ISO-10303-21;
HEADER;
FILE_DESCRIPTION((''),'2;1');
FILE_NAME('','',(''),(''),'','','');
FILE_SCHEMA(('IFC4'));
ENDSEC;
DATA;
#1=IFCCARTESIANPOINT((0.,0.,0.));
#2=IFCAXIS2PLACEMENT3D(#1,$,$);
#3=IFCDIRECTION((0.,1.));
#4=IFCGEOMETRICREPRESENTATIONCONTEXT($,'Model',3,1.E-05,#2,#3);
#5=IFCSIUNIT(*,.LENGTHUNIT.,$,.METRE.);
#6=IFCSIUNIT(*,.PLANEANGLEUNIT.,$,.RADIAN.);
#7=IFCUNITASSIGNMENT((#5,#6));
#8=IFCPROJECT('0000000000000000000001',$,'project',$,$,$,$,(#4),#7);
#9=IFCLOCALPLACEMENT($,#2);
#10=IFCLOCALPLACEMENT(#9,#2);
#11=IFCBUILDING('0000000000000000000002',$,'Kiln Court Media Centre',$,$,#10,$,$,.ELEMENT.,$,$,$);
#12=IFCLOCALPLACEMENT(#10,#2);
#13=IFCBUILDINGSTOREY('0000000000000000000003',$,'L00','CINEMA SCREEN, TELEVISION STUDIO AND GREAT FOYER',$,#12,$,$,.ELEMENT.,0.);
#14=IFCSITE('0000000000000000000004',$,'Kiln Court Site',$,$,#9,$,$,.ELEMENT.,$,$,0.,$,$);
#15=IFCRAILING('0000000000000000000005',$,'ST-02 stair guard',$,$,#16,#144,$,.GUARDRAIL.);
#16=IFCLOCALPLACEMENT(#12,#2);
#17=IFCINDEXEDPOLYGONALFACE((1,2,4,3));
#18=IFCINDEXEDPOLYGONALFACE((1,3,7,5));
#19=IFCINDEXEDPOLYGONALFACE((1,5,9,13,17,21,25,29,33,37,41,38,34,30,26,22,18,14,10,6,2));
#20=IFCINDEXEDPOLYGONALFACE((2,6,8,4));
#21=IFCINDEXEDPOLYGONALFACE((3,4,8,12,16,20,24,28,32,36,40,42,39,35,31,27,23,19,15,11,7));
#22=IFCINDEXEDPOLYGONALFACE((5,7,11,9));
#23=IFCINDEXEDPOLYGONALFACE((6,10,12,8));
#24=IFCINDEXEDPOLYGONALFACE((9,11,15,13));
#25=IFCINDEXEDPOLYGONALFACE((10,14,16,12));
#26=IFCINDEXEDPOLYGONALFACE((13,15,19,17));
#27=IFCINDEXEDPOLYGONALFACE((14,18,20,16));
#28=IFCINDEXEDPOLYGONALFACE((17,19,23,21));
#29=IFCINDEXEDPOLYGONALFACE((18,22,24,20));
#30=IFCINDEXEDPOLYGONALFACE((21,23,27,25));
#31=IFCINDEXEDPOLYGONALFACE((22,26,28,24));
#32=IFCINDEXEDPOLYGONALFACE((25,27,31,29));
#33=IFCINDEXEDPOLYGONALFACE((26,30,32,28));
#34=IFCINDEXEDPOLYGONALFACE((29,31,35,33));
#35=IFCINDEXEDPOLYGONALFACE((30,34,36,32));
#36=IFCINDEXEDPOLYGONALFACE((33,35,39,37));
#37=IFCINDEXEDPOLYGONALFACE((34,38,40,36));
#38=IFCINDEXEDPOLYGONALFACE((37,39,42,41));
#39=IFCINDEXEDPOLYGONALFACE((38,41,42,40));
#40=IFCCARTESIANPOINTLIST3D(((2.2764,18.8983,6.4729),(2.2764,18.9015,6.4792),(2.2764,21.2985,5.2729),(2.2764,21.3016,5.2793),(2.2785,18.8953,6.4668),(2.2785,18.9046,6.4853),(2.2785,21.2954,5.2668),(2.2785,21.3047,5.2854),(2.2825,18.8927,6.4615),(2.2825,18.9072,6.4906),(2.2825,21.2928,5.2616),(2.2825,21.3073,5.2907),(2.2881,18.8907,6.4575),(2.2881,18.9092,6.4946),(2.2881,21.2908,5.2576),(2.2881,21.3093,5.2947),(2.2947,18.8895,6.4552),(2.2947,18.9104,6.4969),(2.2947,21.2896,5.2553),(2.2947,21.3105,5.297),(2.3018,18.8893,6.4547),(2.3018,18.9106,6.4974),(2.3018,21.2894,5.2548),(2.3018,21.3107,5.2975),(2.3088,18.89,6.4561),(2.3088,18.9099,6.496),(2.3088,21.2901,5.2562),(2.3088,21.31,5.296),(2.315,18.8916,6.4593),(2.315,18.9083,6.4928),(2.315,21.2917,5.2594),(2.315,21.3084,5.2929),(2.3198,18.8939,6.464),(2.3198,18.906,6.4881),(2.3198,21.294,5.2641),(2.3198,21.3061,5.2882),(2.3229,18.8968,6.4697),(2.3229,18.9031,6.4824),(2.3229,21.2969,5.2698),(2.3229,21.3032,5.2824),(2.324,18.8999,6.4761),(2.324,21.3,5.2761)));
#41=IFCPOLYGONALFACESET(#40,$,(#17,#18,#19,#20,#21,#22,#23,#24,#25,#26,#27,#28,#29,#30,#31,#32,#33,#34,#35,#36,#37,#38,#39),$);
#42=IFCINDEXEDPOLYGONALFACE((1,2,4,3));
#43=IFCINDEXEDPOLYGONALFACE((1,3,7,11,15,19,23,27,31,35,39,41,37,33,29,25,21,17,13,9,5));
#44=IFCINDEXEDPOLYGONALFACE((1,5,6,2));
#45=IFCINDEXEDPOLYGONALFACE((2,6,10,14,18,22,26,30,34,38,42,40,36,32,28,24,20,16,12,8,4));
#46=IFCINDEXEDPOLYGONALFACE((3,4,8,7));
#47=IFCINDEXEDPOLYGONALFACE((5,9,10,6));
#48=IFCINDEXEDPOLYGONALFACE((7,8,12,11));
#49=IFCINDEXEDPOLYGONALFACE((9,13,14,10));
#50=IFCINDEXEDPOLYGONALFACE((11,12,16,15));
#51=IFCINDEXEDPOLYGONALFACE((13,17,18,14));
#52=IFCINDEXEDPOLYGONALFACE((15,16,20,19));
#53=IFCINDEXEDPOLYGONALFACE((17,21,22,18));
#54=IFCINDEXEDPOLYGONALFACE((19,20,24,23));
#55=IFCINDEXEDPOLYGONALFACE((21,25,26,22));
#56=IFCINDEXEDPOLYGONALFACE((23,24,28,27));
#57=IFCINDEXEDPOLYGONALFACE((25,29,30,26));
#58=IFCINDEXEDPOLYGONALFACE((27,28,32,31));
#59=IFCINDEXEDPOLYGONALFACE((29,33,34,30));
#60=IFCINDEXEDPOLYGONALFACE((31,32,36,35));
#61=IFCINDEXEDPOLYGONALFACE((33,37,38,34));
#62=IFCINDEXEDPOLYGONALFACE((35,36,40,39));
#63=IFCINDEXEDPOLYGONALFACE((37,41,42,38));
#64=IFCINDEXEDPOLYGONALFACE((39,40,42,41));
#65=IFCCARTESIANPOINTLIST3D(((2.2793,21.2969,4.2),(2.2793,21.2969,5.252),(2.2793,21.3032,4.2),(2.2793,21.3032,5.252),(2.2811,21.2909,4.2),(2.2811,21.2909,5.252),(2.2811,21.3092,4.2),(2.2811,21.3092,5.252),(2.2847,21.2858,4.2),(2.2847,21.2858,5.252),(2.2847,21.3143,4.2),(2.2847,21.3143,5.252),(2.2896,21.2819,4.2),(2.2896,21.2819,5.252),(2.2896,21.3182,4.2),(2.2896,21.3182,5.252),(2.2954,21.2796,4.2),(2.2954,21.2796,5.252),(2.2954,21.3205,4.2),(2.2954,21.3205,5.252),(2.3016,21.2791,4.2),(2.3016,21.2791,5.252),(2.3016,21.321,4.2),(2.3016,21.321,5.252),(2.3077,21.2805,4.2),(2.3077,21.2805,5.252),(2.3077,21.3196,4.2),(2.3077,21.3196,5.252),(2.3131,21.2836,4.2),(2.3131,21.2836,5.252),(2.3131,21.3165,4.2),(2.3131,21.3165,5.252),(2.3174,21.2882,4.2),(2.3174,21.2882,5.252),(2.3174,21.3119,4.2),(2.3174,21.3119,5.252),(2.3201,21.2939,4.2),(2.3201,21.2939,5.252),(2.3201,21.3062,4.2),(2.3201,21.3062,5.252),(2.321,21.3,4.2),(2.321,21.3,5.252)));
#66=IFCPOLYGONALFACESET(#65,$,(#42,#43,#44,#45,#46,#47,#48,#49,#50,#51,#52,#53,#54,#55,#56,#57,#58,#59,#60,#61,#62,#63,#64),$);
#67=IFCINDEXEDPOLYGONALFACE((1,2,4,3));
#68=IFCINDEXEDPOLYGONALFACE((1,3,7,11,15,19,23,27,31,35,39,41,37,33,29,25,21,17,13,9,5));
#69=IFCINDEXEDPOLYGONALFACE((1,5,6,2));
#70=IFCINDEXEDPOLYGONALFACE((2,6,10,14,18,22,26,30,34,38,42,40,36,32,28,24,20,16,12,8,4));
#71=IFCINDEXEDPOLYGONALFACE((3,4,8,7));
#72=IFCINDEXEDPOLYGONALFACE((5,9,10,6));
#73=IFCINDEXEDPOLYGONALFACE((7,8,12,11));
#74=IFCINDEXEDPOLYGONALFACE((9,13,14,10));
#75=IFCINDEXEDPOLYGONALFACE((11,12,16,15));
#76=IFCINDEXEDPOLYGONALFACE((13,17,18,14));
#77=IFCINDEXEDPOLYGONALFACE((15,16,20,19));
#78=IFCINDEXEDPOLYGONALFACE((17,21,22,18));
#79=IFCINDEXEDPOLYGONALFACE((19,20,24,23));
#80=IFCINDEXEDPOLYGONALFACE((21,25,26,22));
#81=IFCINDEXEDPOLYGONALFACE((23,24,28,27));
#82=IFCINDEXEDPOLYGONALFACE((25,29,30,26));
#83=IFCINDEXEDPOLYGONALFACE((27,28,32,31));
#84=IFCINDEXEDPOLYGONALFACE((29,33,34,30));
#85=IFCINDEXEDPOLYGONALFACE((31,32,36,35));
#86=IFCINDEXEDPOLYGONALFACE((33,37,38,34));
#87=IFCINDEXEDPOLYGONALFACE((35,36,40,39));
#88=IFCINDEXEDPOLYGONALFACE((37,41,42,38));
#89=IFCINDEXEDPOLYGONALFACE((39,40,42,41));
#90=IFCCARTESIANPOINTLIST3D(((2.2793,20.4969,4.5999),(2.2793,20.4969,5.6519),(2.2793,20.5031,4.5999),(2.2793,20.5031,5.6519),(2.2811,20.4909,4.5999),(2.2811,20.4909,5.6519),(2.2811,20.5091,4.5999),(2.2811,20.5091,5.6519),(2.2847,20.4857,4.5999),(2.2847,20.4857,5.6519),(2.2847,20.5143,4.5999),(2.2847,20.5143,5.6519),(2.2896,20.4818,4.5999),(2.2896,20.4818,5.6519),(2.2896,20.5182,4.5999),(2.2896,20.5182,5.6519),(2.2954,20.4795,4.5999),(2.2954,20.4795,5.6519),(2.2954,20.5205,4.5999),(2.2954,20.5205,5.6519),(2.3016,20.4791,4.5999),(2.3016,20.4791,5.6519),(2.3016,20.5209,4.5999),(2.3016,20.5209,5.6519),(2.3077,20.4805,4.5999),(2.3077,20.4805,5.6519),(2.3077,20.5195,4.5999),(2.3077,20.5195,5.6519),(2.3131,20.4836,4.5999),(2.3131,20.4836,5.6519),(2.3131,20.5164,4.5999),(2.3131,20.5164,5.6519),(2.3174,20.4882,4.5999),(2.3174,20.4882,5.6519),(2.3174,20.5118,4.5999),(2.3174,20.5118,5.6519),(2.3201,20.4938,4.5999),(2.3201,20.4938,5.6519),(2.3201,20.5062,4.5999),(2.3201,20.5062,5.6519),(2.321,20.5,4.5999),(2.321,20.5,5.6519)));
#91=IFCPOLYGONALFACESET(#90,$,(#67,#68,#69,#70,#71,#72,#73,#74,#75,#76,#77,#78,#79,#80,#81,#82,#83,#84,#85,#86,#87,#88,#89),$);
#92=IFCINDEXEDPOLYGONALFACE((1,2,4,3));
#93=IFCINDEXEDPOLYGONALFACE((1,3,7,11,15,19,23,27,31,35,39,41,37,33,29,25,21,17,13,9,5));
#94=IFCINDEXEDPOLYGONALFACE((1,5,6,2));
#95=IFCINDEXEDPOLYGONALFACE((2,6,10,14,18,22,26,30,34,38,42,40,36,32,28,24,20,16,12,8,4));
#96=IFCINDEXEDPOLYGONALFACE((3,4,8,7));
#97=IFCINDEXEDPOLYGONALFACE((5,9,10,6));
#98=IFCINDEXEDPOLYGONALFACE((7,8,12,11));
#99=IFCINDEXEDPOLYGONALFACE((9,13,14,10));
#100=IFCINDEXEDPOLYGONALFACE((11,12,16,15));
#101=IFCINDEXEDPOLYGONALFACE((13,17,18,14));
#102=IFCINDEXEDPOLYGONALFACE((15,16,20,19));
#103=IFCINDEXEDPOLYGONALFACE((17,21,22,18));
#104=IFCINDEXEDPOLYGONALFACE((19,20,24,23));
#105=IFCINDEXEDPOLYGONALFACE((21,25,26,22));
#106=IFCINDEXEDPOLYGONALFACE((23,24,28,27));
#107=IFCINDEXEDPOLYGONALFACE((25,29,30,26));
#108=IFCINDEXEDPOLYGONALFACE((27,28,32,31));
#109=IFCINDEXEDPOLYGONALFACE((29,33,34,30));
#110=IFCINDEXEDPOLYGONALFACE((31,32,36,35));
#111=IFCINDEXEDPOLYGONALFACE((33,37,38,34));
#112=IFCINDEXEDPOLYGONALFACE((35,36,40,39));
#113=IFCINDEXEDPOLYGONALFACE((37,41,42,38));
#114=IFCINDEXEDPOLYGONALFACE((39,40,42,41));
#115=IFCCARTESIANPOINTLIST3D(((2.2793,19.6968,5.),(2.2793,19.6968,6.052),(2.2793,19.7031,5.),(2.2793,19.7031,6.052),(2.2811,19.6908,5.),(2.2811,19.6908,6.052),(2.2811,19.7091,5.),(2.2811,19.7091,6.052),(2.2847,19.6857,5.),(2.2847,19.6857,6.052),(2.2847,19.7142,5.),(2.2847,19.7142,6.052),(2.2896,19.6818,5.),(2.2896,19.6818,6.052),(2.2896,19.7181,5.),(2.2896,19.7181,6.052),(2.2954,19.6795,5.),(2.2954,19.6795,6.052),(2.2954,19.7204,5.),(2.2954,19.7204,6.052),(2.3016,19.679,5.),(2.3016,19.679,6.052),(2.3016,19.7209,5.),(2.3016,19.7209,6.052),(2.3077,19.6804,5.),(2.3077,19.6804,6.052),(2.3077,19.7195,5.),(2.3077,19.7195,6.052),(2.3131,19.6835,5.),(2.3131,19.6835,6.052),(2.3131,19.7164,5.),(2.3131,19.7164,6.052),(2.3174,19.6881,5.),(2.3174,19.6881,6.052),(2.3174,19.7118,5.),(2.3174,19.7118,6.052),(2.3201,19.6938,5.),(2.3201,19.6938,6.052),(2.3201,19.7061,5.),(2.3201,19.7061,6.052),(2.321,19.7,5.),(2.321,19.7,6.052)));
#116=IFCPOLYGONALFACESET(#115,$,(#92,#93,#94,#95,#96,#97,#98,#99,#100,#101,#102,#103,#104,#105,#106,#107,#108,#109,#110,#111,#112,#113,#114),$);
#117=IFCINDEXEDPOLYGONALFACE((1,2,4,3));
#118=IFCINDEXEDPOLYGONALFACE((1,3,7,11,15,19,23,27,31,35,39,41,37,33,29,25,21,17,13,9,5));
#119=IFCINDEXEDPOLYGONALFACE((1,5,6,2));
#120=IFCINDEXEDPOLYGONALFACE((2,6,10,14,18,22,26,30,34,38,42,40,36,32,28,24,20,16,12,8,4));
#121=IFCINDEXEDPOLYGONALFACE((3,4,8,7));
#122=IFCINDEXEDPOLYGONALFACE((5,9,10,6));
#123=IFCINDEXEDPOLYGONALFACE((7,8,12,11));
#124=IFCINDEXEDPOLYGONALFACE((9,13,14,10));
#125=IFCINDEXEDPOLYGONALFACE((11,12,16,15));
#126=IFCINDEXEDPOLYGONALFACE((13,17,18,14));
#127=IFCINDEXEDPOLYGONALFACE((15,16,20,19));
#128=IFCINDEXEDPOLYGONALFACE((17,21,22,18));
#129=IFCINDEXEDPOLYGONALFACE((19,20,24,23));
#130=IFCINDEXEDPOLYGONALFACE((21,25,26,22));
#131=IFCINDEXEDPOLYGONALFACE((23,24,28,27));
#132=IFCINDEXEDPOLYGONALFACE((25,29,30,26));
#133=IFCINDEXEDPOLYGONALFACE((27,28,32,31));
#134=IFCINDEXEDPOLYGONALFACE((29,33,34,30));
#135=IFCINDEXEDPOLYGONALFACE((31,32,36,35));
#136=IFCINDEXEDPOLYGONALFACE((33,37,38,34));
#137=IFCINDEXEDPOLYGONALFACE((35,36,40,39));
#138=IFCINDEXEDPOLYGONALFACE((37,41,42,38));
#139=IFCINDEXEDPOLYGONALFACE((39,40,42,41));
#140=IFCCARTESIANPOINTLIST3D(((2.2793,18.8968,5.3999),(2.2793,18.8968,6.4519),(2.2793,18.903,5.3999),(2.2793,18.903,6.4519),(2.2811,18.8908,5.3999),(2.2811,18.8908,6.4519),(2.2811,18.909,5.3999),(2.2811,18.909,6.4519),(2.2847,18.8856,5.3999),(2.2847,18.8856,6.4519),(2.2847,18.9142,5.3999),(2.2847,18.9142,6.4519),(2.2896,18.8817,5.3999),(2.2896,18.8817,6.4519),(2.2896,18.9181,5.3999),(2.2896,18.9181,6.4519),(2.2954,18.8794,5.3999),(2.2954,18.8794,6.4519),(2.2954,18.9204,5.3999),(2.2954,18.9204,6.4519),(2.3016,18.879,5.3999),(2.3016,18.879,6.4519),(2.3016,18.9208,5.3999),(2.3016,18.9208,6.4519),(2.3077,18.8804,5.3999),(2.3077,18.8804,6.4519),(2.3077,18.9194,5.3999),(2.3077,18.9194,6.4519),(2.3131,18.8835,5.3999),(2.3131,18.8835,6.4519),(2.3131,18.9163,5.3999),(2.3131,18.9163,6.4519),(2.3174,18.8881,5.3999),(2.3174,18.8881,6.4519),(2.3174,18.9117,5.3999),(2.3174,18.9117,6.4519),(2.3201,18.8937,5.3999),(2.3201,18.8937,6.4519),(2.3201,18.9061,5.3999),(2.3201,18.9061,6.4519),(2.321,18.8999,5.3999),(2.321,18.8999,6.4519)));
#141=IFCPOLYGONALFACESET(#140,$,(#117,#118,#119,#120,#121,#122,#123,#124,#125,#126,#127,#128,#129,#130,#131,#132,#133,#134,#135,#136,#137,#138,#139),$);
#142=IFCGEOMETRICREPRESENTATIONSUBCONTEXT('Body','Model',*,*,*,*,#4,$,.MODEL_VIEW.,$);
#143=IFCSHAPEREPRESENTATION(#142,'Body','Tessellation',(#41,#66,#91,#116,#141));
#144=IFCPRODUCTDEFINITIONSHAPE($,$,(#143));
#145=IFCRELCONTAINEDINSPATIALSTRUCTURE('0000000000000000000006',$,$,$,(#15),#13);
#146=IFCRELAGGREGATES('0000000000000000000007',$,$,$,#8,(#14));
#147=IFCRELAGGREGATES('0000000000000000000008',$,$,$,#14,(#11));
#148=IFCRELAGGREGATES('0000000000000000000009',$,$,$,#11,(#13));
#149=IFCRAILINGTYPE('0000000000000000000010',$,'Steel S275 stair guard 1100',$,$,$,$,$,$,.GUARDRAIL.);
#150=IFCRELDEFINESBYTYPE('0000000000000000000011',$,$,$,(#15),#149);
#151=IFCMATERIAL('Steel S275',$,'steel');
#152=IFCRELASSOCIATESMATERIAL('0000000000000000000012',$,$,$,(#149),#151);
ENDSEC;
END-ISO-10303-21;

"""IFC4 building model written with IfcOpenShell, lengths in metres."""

from ifc_helpers import new_model, si_unit, direction, frame, origin, origin_2d, place, context, subcontext, project, spatial, circle, extrude, material, type_object, element, save


model = new_model("IFC4")

# Units and contexts
model_context = context("Model", 3, precision=1e-05, world=origin(), true_north=direction((0.0, 1.0)))
body_context = subcontext(model_context, "Body", "Model", "MODEL_VIEW")
ifc_project = project(units=[si_unit("LENGTHUNIT", "METRE"), si_unit("PLANEANGLEUNIT", "RADIAN")], contexts=[model_context])

# Site, building, storey
site_placement = place(None, origin())
site = spatial("IfcSite", under=ifc_project, at=site_placement, Name="Kiln Court Site", CompositionType="ELEMENT", RefElevation=0.0)
building_placement = place(site_placement, origin())
building = spatial("IfcBuilding", under=site, at=building_placement, Name="Kiln Court Media Centre", CompositionType="ELEMENT")
storey_placement = place(building_placement, origin())
storey = spatial("IfcBuildingStorey", under=building, at=storey_placement, Name="L00", Description="CINEMA SCREEN, TELEVISION STUDIO AND GREAT FOYER", CompositionType="ELEMENT", Elevation=0.0)

# Railing
ifc_material_1 = material(Name="Steel S275", Category="steel")
railing_type_1 = type_object("IfcRailingType", Name="Steel S275 stair guard 1100", PredefinedType="GUARDRAIL", material=ifc_material_1)
railing_1_placement = place(storey_placement, frame((2.3, 21.3, 4.2)))
element("IfcRailing", 1, at=railing_1_placement, inside=storey, type_object=railing_type_1, Name="ST-02 stair guard", PredefinedType="GUARDRAIL", context=body_context, shape_type="SweptSolid", body=[
    extrude(circle(Radius=0.0239, at=origin_2d()), frame((0.0, 0.0, 1.0762), z_axis=(0.0, -0.894445, 0.447177), x_axis=(1.0, 0.0, 0.0)), (0.0, 0.0, 1.0), 2.6833),
    extrude(circle(Radius=0.021, at=origin_2d()), origin(), (0.0, 0.0, 1.0), 1.052),
    extrude(circle(Radius=0.021, at=origin_2d()), frame((0.0, -0.8, 0.3999)), (0.0, 0.0, 1.0), 1.052),
    extrude(circle(Radius=0.021, at=origin_2d()), frame((0.0, -1.6001, 0.8)), (0.0, 0.0, 1.0), 1.052),
    extrude(circle(Radius=0.021, at=origin_2d()), frame((0.0, -2.4001, 1.2)), (0.0, 0.0, 1.0), 1.052),
])

save(model, "model.ifc")
